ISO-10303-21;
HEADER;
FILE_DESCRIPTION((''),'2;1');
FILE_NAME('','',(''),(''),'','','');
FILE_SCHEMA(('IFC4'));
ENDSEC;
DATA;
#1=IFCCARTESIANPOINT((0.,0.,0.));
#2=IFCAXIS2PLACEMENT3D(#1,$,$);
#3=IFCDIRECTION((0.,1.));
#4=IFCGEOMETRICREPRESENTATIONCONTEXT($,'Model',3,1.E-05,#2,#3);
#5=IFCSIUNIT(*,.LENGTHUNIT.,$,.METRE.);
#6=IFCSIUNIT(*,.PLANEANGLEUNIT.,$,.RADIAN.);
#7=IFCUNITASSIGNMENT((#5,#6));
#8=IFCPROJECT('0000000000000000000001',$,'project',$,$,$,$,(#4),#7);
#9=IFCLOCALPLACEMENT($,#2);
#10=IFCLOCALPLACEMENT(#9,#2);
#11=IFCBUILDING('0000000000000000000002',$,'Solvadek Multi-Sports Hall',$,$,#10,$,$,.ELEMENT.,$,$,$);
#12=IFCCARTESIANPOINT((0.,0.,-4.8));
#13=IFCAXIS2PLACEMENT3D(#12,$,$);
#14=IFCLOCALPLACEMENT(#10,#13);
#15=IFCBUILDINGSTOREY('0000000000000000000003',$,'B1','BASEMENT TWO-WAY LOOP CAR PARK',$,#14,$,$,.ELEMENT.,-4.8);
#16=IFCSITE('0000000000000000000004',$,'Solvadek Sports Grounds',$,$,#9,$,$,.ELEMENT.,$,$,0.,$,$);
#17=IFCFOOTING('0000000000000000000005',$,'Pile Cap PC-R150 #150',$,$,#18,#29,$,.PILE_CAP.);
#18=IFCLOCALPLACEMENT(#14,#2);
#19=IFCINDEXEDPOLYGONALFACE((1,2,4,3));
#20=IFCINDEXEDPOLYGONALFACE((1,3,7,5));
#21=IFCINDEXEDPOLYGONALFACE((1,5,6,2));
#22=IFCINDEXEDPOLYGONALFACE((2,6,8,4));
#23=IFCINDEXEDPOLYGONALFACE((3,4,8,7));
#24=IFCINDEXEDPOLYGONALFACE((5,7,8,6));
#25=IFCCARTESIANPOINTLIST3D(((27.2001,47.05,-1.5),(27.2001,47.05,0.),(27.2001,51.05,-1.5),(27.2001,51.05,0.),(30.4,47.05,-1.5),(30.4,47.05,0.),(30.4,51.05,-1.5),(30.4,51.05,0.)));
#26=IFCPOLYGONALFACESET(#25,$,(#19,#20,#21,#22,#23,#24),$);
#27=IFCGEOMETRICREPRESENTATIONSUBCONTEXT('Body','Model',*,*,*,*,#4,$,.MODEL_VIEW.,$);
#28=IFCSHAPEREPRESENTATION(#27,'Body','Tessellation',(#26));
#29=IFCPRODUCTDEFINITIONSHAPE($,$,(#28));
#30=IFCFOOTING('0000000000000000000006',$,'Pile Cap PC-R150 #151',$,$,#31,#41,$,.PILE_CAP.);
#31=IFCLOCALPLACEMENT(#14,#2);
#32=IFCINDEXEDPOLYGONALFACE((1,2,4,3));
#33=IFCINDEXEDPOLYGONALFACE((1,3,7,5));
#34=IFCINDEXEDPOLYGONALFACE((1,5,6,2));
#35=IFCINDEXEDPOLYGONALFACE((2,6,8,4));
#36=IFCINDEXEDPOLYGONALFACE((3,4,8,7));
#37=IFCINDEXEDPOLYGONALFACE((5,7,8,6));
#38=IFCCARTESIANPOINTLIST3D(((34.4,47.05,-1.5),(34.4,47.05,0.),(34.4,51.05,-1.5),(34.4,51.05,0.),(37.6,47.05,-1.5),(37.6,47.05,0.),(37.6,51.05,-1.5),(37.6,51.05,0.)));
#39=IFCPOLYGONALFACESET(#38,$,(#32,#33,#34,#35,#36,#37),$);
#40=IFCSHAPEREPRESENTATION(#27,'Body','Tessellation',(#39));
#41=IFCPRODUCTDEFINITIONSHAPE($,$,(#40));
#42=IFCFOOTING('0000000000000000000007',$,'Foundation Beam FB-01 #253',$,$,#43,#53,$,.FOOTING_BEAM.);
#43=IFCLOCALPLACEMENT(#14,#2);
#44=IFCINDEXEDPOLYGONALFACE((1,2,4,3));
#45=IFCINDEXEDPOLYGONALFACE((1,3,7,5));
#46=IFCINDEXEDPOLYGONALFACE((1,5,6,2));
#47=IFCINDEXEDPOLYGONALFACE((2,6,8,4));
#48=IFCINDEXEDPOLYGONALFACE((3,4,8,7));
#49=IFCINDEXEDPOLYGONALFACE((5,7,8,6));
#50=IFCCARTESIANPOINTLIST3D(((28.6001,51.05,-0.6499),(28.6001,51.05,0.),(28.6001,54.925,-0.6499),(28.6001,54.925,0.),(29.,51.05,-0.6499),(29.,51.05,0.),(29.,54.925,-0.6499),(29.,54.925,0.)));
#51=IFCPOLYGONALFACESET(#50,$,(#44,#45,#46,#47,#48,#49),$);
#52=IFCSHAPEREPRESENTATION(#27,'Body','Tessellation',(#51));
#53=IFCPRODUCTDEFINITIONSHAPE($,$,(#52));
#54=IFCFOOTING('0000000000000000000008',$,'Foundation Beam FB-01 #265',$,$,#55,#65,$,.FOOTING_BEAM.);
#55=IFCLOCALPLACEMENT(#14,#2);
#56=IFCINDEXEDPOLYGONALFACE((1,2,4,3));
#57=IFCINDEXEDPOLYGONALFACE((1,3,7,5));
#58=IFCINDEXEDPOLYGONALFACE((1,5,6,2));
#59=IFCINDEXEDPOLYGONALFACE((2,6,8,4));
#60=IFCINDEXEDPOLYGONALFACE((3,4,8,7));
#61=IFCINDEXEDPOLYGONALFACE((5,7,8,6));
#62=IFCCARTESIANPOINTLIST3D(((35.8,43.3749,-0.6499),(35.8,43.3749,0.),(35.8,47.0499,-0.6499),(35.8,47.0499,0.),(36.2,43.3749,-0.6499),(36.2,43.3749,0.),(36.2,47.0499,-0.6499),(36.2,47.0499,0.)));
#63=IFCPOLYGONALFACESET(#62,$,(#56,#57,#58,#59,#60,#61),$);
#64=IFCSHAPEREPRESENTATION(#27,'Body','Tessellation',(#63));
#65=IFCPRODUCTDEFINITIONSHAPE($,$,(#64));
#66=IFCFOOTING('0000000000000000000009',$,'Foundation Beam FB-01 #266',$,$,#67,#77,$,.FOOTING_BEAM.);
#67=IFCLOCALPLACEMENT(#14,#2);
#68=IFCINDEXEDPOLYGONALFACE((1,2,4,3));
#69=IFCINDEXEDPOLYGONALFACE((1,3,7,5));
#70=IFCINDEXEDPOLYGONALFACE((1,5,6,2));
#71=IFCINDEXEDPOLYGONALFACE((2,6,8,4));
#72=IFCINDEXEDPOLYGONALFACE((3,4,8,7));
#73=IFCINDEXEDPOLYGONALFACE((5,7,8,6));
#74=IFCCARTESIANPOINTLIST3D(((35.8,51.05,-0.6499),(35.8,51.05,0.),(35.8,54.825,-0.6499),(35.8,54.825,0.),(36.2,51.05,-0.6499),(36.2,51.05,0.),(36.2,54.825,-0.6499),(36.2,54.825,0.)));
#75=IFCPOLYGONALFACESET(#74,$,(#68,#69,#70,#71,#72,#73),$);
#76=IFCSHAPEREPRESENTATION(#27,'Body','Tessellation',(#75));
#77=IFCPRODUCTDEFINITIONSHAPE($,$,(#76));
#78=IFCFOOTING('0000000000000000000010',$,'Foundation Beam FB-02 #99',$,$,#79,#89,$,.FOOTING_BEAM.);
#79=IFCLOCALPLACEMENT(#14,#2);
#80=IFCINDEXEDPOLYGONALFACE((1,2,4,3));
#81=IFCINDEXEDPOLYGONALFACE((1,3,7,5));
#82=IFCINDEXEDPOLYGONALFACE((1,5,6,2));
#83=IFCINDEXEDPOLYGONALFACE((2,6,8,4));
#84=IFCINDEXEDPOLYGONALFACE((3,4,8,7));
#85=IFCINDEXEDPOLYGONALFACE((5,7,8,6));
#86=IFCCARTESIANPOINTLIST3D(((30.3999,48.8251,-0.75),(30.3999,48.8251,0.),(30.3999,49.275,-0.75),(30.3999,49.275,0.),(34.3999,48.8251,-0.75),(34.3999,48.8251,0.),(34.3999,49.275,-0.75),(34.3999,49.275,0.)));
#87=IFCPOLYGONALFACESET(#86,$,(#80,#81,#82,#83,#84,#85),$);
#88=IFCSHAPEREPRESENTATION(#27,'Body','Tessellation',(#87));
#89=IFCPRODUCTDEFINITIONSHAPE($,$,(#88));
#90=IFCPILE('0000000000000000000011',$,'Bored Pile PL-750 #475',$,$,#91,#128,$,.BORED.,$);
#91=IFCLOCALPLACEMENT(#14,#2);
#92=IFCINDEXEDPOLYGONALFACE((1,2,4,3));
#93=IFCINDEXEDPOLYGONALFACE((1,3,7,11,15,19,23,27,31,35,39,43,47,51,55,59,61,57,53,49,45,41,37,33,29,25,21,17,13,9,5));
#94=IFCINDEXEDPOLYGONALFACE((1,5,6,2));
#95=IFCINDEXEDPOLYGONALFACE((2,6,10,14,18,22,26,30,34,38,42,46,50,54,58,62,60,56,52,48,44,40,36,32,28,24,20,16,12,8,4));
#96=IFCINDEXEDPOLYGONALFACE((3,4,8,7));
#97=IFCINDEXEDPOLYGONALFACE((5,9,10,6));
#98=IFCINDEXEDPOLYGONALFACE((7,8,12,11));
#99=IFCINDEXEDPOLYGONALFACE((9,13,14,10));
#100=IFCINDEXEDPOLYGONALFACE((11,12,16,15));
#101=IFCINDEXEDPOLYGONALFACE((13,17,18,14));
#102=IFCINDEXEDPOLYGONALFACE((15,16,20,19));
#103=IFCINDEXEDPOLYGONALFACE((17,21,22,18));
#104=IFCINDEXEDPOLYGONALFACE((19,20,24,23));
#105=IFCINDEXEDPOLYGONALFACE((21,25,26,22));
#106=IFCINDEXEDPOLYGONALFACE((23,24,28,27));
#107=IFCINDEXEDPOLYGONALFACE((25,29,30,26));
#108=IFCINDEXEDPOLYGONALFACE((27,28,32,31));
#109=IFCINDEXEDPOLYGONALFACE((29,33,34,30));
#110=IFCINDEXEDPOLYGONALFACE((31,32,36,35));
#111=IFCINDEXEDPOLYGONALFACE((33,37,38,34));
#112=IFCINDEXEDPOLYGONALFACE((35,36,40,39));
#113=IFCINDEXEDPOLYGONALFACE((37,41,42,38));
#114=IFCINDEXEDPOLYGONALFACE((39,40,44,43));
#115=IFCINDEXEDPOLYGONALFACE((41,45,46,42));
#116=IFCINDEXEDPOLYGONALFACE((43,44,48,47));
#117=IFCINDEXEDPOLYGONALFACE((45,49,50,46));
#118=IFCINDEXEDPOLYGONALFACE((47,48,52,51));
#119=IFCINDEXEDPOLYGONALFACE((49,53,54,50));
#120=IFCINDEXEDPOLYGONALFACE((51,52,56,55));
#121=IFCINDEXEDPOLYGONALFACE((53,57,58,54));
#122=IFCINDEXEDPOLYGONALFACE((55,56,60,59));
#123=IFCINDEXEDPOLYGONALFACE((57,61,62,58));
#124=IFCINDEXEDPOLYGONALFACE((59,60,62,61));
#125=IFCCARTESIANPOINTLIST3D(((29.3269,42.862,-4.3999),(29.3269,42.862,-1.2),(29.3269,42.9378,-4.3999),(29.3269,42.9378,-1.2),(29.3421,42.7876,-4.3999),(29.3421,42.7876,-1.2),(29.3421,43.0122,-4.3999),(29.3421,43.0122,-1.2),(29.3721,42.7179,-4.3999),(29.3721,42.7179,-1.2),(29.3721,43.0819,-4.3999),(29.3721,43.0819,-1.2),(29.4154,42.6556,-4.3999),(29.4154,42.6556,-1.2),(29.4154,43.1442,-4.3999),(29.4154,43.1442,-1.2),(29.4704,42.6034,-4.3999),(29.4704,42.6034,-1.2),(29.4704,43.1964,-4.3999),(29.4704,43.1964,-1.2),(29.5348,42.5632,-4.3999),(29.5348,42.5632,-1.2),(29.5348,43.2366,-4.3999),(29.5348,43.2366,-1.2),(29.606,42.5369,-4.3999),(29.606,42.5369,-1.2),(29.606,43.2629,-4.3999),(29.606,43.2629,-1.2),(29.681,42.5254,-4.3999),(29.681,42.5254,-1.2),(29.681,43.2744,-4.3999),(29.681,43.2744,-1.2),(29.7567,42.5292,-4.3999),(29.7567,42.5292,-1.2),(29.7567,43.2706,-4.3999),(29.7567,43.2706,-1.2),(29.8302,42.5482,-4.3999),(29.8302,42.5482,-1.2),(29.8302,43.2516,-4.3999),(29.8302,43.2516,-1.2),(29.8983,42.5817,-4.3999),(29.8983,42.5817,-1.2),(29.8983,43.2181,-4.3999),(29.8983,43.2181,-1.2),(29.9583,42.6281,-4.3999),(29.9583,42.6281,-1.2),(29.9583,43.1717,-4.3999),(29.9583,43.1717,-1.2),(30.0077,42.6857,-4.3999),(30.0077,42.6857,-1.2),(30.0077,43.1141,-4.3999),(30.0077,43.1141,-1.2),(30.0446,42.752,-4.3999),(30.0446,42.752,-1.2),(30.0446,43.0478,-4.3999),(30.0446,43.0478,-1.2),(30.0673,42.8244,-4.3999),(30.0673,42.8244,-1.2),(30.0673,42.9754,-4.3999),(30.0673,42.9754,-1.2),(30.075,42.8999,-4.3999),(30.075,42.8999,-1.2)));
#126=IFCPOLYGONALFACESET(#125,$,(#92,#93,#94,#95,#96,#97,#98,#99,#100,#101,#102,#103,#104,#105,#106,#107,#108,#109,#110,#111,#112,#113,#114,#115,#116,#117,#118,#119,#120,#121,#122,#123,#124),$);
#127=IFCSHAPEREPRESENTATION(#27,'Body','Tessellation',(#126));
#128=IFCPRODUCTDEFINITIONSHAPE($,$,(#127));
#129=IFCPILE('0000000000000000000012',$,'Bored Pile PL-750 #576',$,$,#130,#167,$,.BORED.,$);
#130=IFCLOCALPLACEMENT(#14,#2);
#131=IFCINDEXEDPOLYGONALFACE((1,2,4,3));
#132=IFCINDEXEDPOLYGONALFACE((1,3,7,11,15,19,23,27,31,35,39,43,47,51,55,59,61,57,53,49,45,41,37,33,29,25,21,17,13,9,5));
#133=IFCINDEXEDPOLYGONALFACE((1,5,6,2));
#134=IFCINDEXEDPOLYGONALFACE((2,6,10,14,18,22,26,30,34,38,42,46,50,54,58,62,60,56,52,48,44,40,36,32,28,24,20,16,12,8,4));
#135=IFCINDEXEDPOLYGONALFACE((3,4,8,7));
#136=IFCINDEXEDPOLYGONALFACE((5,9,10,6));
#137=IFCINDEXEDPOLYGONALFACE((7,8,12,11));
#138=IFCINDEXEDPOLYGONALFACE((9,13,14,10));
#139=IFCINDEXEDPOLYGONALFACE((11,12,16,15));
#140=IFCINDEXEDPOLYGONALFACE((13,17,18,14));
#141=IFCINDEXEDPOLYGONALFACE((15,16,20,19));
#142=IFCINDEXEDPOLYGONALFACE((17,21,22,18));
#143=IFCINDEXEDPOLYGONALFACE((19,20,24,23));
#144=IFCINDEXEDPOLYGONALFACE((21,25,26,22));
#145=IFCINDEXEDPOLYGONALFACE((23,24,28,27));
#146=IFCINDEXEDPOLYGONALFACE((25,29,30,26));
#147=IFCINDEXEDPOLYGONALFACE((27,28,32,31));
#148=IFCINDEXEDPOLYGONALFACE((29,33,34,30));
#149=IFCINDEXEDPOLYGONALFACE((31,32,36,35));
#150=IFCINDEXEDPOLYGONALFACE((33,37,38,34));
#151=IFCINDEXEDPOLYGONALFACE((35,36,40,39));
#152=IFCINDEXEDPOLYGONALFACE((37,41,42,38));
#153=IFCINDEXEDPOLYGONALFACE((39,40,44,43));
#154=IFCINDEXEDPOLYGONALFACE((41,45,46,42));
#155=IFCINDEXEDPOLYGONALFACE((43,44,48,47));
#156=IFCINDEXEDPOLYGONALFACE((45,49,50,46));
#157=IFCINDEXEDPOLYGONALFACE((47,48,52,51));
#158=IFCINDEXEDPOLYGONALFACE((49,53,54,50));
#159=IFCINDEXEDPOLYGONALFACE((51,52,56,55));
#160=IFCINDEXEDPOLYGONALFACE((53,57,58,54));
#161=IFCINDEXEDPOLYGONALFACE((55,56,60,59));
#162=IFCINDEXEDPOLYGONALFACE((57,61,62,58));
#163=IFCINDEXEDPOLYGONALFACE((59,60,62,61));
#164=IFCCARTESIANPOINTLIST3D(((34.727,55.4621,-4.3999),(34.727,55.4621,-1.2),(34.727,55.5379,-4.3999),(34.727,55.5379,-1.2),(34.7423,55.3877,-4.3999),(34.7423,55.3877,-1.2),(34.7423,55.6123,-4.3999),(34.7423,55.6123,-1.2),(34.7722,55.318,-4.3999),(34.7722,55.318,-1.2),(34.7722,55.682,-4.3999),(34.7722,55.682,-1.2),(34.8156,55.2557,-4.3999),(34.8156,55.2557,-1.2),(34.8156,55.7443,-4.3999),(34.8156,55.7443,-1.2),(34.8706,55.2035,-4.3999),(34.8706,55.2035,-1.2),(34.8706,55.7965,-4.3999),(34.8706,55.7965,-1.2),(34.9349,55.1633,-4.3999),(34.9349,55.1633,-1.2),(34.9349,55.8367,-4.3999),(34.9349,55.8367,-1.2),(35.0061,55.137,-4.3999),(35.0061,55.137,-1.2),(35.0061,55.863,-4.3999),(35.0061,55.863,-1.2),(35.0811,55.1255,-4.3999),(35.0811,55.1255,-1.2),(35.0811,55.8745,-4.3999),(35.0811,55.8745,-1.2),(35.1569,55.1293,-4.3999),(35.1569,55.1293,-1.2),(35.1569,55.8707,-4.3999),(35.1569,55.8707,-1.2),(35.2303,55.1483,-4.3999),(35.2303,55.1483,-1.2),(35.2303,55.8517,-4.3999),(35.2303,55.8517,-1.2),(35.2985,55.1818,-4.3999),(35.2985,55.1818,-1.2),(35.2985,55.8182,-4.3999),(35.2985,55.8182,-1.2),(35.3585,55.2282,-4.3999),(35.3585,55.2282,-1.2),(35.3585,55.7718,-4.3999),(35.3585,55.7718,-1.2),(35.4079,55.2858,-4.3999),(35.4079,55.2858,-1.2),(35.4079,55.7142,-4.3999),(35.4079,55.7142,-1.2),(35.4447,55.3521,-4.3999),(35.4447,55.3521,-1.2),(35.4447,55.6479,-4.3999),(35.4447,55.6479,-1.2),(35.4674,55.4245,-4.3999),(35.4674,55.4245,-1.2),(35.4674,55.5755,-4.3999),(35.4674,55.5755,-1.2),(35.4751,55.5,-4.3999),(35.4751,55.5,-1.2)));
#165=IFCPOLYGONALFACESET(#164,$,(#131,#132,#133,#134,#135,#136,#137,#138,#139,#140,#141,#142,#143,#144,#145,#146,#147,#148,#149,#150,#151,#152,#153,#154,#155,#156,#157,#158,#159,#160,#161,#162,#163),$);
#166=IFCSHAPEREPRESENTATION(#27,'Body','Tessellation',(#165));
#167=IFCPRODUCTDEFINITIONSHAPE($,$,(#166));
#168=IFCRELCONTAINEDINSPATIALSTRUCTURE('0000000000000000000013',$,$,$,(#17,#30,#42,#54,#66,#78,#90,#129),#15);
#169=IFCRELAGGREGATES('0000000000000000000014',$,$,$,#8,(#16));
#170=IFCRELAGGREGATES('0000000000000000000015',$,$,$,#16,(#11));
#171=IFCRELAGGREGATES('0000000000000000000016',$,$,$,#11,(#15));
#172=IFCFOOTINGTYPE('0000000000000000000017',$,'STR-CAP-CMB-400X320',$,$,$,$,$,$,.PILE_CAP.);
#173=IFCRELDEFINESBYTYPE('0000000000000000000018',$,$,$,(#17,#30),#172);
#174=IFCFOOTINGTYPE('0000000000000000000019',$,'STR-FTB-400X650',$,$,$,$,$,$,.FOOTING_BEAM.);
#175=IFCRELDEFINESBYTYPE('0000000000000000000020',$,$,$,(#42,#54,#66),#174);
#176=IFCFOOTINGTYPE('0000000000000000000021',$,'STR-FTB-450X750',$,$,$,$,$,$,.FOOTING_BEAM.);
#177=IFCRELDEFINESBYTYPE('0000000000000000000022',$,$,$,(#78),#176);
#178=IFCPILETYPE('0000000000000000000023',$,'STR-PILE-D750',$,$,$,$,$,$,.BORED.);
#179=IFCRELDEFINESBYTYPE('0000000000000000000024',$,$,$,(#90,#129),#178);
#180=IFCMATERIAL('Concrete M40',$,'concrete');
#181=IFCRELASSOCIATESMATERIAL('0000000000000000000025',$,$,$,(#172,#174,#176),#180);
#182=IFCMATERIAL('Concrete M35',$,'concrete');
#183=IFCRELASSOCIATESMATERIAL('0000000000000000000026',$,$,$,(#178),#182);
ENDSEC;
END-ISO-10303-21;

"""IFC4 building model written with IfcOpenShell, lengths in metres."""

from ifc_helpers import new_model, si_unit, direction, frame, origin, origin_2d, place, context, subcontext, project, spatial, rectangle, circle, extrude, material, material_profile, profile_set, type_object, element, save


model = new_model("IFC4")

# Units and contexts
model_context = context("Model", 3, precision=1e-05, world=origin(), true_north=direction((0.0, 1.0)))
body_context = subcontext(model_context, "Body", "Model", "MODEL_VIEW")
ifc_project = project(units=[si_unit("LENGTHUNIT", "METRE"), si_unit("PLANEANGLEUNIT", "RADIAN")], contexts=[model_context])

# Site, building, storey
site_placement = place(None, origin())
site = spatial("IfcSite", under=ifc_project, at=site_placement, Name="Solvadek Sports Grounds", CompositionType="ELEMENT", RefElevation=0.0)
building_placement = place(site_placement, origin())
building = spatial("IfcBuilding", under=site, at=building_placement, Name="Solvadek Multi-Sports Hall", CompositionType="ELEMENT")
storey_placement = place(building_placement, frame((0.0, 0.0, -4.8)))
storey = spatial("IfcBuildingStorey", under=building, at=storey_placement, Name="B1", Description="BASEMENT TWO-WAY LOOP CAR PARK", CompositionType="ELEMENT", Elevation=-4.8)

# Footings
ifc_material_1 = material(Name="Concrete M40", Category="concrete")
footing_type_1 = type_object("IfcFootingType", Name="STR-CAP-CMB-400X320", PredefinedType="PILE_CAP", material=ifc_material_1)
for number, where, z_axis, x_axis, name in (
    (1, (28.8, 49.05, -1.5), (0.0, 0.0, 1.0), (0.0, 1.0, 0.0), "Pile Cap PC-R150 #150"),
    (2, (36.0, 49.05, -1.5), (0.0, 0.0, 1.0), (0.0, 1.0, 0.0), "Pile Cap PC-R150 #151"),
):
    element("IfcFooting", number, at=place(storey_placement, frame(where, z_axis=z_axis, x_axis=x_axis)), inside=storey, type_object=footing_type_1, Name=name, PredefinedType="PILE_CAP", context=body_context, shape_type="SweptSolid", body=[
        extrude(rectangle(XDim=4.0, YDim=3.2, at=origin_2d()), origin(), (0.0, 0.0, 1.0), 1.5),
    ])
footing_type_2 = type_object("IfcFootingType", Name="STR-FTB-400X650", PredefinedType="FOOTING_BEAM", material=ifc_material_1)
footing_1_placement = place(storey_placement, frame((28.8, 52.9875, -0.6499), z_axis=(0.0, 0.0, 1.0), x_axis=(0.0, 1.0, 0.0)))
element("IfcFooting", 3, at=footing_1_placement, inside=storey, type_object=footing_type_2, Name="Foundation Beam FB-01 #253", PredefinedType="FOOTING_BEAM", context=body_context, shape_type="SweptSolid", body=[
    extrude(rectangle(XDim=3.875, YDim=0.3999, at=origin_2d()), origin(), (0.0, 0.0, 1.0), 0.6499),
])
footing_2_placement = place(storey_placement, frame((36.0, 45.2124, -0.6499), z_axis=(0.0, 0.0, 1.0), x_axis=(0.0, 1.0, 0.0)))
element("IfcFooting", 4, at=footing_2_placement, inside=storey, type_object=footing_type_2, Name="Foundation Beam FB-01 #265", PredefinedType="FOOTING_BEAM", context=body_context, shape_type="SweptSolid", body=[
    extrude(rectangle(XDim=3.675, YDim=0.3999, at=origin_2d()), origin(), (0.0, 0.0, 1.0), 0.6499),
])
footing_3_placement = place(storey_placement, frame((36.0, 52.9375, -0.6499), z_axis=(0.0, 0.0, 1.0), x_axis=(0.0, 1.0, 0.0)))
element("IfcFooting", 5, at=footing_3_placement, inside=storey, type_object=footing_type_2, Name="Foundation Beam FB-01 #266", PredefinedType="FOOTING_BEAM", context=body_context, shape_type="SweptSolid", body=[
    extrude(rectangle(XDim=3.7749, YDim=0.3999, at=origin_2d()), origin(), (0.0, 0.0, 1.0), 0.6499),
])
footing_type_3 = type_object("IfcFootingType", Name="STR-FTB-450X750", PredefinedType="FOOTING_BEAM", material=ifc_material_1)
footing_4_placement = place(storey_placement, frame((32.3999, 49.05, -0.75), z_axis=(0.0, 0.0, 1.0), x_axis=(1.0, 0.0, 0.0)))
element("IfcFooting", 6, at=footing_4_placement, inside=storey, type_object=footing_type_3, Name="Foundation Beam FB-02 #99", PredefinedType="FOOTING_BEAM", context=body_context, shape_type="SweptSolid", body=[
    extrude(rectangle(XDim=4.0, YDim=0.45, at=origin_2d()), origin(), (0.0, 0.0, 1.0), 0.75),
])

# Piles
ifc_material_2 = material(Name="Concrete M35", Category="concrete")
ifc_material_profile_1 = material_profile(ifc_material_2, circle(Radius=0.375, at=origin_2d()), Name="BORED PILE D750")
ifc_profile_set_1 = profile_set([ifc_material_profile_1], Name="Concrete M35")
pile_type_1 = type_object("IfcPileType", Name="STR-PILE-D750", PredefinedType="BORED", material=ifc_profile_set_1)
for number, where, z_axis, x_axis, name in (
    (7, (29.7, 42.8999, -1.2), (0.0, 0.0, -1.0), (1.0, 0.0, 0.0), "Bored Pile PL-750 #475"),
    (8, (35.1001, 55.5, -1.2), (0.0, 0.0, -1.0), (1.0, 0.0, 0.0), "Bored Pile PL-750 #576"),
):
    element("IfcPile", number, at=place(storey_placement, frame(where, z_axis=z_axis, x_axis=x_axis)), inside=storey, type_object=pile_type_1, Name=name, PredefinedType="BORED", context=body_context, shape_type="SweptSolid", body=[
        extrude(circle(Radius=0.375, at=origin_2d()), origin(), (0.0, 0.0, 1.0), 3.2),
    ])

save(model, "model.ifc")
